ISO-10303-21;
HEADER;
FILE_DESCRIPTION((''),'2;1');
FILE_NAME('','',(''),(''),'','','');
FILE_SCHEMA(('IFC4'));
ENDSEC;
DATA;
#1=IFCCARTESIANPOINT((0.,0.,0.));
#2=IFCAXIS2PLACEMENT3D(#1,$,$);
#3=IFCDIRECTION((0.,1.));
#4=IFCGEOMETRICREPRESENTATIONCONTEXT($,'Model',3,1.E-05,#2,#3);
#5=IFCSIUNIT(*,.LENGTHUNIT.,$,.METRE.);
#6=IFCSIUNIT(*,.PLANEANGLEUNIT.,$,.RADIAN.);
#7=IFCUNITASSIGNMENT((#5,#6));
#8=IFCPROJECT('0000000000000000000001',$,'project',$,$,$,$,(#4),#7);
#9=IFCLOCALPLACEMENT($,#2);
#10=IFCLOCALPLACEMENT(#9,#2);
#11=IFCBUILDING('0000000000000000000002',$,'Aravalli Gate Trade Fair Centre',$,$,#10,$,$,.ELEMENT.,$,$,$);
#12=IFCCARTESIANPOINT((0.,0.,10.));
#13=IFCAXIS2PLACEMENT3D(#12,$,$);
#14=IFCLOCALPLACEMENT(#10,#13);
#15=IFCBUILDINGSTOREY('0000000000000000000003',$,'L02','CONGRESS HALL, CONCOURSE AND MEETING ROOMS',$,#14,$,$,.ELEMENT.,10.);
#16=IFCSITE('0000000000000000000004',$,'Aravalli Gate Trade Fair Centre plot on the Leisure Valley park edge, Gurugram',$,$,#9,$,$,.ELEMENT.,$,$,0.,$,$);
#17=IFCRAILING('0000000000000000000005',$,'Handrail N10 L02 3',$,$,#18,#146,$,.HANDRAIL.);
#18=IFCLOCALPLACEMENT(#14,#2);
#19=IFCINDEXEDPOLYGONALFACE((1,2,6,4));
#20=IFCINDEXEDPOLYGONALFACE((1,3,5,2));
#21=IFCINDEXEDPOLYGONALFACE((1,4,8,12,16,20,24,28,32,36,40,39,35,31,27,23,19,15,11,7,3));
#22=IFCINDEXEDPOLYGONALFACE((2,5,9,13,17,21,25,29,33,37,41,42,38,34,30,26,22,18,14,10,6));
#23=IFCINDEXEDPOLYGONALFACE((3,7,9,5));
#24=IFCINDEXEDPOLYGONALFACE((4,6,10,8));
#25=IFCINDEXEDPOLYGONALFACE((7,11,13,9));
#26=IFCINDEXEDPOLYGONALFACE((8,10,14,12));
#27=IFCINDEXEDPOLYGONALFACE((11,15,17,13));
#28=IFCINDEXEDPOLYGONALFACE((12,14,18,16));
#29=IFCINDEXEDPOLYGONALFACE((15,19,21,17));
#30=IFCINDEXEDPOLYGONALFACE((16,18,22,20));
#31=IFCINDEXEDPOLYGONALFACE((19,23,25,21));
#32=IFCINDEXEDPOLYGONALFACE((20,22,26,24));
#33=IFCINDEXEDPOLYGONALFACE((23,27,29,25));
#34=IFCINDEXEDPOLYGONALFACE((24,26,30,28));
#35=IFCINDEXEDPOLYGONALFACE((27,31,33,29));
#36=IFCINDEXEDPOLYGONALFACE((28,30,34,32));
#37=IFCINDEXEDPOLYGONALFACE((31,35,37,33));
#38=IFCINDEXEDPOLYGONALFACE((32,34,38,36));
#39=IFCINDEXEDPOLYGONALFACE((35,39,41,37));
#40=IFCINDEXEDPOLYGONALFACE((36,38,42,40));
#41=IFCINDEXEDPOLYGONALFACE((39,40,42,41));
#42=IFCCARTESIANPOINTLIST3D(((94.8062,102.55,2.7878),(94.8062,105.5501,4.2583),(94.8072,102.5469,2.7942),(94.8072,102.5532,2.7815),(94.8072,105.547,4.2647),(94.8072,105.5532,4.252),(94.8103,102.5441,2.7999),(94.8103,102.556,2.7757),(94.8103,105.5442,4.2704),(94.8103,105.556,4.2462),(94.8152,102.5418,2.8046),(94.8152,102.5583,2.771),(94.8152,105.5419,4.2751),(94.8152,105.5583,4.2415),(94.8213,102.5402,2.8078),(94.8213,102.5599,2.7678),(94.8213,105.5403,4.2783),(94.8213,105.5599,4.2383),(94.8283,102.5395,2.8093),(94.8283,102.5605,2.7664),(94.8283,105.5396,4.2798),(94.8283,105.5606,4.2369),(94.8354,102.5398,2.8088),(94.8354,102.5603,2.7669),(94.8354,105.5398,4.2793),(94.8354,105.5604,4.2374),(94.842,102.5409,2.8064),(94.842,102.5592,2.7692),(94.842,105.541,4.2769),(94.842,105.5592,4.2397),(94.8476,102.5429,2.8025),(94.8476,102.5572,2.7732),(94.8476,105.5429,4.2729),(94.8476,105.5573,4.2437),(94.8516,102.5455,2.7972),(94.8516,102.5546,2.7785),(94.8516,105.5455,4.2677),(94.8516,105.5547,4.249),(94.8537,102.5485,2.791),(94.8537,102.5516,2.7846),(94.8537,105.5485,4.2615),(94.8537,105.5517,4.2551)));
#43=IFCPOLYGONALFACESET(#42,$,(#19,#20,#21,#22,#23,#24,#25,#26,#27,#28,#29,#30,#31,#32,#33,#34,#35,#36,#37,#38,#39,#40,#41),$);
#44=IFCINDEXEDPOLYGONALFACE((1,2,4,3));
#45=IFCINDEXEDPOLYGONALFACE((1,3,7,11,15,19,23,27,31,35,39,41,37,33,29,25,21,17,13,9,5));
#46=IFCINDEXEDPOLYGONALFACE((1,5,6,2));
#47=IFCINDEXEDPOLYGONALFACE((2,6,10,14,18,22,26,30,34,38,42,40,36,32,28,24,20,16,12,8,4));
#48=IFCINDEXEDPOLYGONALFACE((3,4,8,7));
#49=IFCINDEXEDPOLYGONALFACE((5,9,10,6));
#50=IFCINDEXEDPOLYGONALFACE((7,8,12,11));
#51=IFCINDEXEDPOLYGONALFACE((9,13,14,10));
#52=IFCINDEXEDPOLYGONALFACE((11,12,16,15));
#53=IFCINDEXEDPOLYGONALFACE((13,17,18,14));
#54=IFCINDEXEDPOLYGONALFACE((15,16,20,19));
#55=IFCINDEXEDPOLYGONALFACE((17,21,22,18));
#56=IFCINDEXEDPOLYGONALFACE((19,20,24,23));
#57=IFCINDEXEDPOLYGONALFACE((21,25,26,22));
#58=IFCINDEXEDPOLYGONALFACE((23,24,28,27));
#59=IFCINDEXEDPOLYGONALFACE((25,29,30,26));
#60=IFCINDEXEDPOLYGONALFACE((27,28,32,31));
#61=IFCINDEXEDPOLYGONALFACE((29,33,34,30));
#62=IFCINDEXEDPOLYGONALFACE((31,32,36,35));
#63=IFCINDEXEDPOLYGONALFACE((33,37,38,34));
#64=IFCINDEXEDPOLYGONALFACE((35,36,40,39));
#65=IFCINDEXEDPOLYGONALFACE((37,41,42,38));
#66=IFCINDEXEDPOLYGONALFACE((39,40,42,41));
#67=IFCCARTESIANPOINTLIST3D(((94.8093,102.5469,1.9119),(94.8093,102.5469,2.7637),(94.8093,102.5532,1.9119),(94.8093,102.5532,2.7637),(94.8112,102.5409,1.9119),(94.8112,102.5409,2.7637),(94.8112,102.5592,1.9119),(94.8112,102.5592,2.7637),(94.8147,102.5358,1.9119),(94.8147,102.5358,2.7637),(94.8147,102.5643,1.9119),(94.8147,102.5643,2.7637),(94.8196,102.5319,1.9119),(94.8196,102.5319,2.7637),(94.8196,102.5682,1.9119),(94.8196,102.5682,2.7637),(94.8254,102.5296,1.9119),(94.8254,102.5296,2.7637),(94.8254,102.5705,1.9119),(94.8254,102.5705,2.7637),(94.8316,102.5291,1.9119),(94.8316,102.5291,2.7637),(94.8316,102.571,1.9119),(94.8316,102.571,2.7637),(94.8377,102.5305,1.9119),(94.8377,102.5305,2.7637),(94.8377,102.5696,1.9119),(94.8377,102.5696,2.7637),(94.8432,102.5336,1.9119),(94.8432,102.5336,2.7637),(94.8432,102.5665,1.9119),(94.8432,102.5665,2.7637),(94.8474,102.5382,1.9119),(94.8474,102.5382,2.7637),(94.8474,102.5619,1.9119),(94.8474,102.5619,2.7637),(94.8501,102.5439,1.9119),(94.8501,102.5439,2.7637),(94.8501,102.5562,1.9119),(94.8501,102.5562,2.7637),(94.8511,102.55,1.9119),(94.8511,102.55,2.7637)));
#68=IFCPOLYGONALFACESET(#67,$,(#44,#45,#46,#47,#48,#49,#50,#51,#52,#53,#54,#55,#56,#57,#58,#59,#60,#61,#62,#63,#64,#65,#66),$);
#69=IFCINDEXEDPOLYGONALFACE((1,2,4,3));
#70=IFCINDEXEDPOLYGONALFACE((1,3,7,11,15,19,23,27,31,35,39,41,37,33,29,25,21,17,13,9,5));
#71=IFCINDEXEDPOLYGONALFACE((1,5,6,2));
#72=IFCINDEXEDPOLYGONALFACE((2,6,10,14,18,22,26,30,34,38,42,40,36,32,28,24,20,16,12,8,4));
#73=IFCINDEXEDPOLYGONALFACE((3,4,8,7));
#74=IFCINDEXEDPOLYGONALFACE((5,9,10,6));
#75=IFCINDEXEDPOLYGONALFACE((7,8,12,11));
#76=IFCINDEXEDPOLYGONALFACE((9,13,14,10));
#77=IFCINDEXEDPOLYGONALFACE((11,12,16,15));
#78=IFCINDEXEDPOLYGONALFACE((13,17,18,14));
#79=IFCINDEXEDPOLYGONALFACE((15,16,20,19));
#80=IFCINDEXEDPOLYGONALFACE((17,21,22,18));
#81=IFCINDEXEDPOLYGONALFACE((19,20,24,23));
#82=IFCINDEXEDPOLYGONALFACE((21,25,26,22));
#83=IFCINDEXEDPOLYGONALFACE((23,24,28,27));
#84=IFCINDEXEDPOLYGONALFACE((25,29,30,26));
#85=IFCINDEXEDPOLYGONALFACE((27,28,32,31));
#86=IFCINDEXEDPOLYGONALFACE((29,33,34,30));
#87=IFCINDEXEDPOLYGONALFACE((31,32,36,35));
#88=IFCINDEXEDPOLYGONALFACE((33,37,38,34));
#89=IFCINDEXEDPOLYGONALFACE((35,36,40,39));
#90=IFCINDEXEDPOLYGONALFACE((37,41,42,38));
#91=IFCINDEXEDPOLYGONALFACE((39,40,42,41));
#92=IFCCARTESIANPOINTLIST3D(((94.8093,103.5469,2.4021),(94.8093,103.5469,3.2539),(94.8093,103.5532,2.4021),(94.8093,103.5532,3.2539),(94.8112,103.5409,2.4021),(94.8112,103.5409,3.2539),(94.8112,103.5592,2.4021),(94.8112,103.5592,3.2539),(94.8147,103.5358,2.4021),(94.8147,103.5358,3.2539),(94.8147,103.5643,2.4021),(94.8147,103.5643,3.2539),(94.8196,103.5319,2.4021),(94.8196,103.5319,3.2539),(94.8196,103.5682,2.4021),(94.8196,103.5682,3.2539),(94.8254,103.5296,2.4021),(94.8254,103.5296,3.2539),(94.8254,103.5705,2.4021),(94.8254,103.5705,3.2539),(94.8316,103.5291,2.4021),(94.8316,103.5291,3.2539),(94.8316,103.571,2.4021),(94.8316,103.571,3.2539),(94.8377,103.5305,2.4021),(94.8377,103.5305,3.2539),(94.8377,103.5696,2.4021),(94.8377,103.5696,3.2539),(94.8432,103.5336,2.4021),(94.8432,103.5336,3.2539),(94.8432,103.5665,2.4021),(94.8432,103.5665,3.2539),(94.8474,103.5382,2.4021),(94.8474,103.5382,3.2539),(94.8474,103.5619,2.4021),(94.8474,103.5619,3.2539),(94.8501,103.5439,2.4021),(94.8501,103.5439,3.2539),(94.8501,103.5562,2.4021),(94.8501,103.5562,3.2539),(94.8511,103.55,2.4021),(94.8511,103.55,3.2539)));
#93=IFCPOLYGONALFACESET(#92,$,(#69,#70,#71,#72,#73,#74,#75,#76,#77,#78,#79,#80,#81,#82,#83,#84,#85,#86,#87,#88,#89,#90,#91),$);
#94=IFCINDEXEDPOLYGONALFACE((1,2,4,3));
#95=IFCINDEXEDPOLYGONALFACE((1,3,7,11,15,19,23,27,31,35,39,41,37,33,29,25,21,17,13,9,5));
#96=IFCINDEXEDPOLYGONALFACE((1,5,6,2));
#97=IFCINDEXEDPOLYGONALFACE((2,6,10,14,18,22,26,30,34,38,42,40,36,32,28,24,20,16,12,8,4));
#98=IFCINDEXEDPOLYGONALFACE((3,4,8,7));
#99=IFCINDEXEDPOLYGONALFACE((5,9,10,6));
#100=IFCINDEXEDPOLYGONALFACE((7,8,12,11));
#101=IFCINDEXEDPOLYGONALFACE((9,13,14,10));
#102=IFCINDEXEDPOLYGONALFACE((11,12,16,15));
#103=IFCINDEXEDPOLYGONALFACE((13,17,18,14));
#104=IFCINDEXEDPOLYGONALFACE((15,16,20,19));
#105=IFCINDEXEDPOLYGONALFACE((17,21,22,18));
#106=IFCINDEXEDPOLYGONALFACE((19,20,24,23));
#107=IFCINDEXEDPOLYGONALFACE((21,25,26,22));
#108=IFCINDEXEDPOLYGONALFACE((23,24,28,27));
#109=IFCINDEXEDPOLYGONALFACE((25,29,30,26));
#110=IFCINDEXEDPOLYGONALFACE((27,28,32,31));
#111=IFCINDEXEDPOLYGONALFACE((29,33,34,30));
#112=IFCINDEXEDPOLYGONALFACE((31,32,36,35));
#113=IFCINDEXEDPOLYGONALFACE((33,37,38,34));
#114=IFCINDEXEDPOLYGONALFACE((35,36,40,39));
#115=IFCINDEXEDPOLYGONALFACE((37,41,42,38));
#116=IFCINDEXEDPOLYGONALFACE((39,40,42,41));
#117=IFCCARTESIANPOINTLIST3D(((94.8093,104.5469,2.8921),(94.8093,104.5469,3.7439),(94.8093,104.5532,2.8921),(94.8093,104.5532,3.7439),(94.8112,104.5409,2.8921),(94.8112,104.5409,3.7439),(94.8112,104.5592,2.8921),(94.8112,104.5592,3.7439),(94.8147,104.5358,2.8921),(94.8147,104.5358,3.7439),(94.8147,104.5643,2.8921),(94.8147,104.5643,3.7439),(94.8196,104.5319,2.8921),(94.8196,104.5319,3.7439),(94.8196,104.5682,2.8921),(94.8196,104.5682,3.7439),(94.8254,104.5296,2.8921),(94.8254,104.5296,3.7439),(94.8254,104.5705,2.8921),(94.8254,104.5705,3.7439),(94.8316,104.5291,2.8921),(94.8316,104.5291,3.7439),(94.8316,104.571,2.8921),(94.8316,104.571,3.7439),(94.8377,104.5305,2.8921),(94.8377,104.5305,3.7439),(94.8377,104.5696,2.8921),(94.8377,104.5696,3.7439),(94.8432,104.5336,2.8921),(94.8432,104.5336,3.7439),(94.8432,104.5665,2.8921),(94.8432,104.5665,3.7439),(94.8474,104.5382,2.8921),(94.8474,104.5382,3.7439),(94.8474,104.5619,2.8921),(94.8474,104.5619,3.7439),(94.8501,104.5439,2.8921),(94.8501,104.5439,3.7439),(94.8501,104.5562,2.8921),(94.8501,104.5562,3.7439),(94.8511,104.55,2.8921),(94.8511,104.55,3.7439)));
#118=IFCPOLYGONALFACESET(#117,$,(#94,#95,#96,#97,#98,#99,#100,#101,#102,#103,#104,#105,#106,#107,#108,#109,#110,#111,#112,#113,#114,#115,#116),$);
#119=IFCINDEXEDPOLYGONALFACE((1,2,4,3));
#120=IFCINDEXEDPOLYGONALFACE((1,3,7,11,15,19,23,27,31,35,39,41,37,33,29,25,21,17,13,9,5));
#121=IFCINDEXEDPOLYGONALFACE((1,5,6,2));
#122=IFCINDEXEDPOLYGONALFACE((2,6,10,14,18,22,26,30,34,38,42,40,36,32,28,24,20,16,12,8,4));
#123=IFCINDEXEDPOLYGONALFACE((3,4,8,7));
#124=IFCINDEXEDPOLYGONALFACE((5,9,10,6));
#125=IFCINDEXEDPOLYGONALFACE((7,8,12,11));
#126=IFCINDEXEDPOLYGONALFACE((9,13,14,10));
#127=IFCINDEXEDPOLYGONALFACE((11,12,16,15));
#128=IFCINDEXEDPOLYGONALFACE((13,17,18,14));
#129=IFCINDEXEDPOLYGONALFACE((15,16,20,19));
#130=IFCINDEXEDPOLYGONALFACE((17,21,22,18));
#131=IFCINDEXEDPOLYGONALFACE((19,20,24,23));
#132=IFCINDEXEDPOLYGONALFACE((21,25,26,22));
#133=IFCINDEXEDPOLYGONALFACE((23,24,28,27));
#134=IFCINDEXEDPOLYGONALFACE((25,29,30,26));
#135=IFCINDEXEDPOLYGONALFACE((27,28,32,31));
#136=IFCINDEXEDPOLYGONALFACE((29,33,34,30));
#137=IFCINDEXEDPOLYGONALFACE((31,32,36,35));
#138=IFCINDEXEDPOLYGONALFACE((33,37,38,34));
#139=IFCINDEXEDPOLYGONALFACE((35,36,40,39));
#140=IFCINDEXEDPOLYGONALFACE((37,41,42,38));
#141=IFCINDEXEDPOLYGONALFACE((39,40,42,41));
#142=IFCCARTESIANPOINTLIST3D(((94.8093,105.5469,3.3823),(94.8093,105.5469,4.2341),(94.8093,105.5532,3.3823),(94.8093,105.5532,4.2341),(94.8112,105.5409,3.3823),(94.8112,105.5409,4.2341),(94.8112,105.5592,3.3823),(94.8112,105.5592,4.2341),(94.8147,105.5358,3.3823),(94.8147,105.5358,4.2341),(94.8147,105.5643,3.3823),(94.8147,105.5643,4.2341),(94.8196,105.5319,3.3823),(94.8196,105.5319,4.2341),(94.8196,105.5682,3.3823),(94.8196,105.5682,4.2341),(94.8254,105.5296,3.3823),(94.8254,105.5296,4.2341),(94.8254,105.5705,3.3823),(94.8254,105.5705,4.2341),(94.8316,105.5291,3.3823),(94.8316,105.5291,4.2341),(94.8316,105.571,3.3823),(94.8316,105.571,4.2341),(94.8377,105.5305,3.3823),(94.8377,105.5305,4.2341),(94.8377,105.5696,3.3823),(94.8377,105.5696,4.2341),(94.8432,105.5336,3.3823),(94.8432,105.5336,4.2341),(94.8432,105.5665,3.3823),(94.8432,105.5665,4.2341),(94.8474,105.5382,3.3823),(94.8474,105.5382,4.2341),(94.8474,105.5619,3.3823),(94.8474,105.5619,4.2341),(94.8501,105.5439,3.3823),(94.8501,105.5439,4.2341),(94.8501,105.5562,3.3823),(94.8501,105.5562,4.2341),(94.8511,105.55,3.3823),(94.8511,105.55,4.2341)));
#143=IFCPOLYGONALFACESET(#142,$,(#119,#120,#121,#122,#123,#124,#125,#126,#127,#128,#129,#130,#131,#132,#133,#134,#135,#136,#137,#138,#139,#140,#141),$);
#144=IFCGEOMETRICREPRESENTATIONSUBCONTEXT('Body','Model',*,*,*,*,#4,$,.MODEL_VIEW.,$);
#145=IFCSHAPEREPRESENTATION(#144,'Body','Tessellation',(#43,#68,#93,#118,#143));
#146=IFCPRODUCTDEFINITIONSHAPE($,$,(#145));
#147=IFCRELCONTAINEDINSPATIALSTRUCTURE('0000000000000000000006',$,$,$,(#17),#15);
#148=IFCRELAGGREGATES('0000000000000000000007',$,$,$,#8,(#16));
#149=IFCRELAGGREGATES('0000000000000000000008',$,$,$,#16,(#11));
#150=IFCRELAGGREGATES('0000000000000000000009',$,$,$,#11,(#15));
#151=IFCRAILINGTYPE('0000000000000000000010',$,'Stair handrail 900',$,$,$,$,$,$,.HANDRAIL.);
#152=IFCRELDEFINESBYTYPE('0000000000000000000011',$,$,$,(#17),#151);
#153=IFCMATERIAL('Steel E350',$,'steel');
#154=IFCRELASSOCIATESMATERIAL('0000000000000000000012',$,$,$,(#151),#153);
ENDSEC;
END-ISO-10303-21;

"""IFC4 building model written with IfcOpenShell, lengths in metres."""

from ifc_helpers import new_model, si_unit, direction, frame, origin, origin_2d, place, context, subcontext, project, spatial, circle, extrude, material, type_object, element, save


model = new_model("IFC4")

# Units and contexts
model_context = context("Model", 3, precision=1e-05, world=origin(), true_north=direction((0.0, 1.0)))
body_context = subcontext(model_context, "Body", "Model", "MODEL_VIEW")
ifc_project = project(units=[si_unit("LENGTHUNIT", "METRE"), si_unit("PLANEANGLEUNIT", "RADIAN")], contexts=[model_context])

# Site, building, storey
site_placement = place(None, origin())
site = spatial("IfcSite", under=ifc_project, at=site_placement, Name="Aravalli Gate Trade Fair Centre plot on the Leisure Valley park edge, Gurugram", CompositionType="ELEMENT", RefElevation=0.0)
building_placement = place(site_placement, origin())
building = spatial("IfcBuilding", under=site, at=building_placement, Name="Aravalli Gate Trade Fair Centre", CompositionType="ELEMENT")
storey_placement = place(building_placement, frame((0.0, 0.0, 10.0)))
storey = spatial("IfcBuildingStorey", under=building, at=storey_placement, Name="L02", Description="CONGRESS HALL, CONCOURSE AND MEETING ROOMS", CompositionType="ELEMENT", Elevation=10.0)

# Shared definitions
ifc_material_1 = material(Name="Steel E350", Category="steel")

# Railing
railing_type_1 = type_object("IfcRailingType", Name="Stair handrail 900", PredefinedType="HANDRAIL", material=ifc_material_1)
for number, where, name in (
    (1, (94.8301, 102.55, 1.9119), "Handrail N10 L02 3"),
):
    element("IfcRailing", number, at=place(storey_placement, frame(where)), inside=storey, type_object=railing_type_1, Name=name, PredefinedType="HANDRAIL", context=body_context, shape_type="SweptSolid", body=[
        extrude(circle(Radius=0.0239, at=origin_2d()), frame((0.0, 0.0, 0.876), z_axis=(0.0, 0.897936, 0.440126), x_axis=(-1.0, 0.0, 0.0)), (0.0, 0.0, 1.0), 3.3411),
        extrude(circle(Radius=0.021, at=origin_2d()), origin(), (0.0, 0.0, 1.0), 0.8518),
        extrude(circle(Radius=0.021, at=origin_2d()), frame((0.0, 1.0, 0.4902)), (0.0, 0.0, 1.0), 0.8518),
        extrude(circle(Radius=0.021, at=origin_2d()), frame((0.0, 2.0, 0.9802)), (0.0, 0.0, 1.0), 0.8518),
        extrude(circle(Radius=0.021, at=origin_2d()), frame((0.0, 3.0, 1.4705)), (0.0, 0.0, 1.0), 0.8518),
    ])

save(model, "model.ifc")
